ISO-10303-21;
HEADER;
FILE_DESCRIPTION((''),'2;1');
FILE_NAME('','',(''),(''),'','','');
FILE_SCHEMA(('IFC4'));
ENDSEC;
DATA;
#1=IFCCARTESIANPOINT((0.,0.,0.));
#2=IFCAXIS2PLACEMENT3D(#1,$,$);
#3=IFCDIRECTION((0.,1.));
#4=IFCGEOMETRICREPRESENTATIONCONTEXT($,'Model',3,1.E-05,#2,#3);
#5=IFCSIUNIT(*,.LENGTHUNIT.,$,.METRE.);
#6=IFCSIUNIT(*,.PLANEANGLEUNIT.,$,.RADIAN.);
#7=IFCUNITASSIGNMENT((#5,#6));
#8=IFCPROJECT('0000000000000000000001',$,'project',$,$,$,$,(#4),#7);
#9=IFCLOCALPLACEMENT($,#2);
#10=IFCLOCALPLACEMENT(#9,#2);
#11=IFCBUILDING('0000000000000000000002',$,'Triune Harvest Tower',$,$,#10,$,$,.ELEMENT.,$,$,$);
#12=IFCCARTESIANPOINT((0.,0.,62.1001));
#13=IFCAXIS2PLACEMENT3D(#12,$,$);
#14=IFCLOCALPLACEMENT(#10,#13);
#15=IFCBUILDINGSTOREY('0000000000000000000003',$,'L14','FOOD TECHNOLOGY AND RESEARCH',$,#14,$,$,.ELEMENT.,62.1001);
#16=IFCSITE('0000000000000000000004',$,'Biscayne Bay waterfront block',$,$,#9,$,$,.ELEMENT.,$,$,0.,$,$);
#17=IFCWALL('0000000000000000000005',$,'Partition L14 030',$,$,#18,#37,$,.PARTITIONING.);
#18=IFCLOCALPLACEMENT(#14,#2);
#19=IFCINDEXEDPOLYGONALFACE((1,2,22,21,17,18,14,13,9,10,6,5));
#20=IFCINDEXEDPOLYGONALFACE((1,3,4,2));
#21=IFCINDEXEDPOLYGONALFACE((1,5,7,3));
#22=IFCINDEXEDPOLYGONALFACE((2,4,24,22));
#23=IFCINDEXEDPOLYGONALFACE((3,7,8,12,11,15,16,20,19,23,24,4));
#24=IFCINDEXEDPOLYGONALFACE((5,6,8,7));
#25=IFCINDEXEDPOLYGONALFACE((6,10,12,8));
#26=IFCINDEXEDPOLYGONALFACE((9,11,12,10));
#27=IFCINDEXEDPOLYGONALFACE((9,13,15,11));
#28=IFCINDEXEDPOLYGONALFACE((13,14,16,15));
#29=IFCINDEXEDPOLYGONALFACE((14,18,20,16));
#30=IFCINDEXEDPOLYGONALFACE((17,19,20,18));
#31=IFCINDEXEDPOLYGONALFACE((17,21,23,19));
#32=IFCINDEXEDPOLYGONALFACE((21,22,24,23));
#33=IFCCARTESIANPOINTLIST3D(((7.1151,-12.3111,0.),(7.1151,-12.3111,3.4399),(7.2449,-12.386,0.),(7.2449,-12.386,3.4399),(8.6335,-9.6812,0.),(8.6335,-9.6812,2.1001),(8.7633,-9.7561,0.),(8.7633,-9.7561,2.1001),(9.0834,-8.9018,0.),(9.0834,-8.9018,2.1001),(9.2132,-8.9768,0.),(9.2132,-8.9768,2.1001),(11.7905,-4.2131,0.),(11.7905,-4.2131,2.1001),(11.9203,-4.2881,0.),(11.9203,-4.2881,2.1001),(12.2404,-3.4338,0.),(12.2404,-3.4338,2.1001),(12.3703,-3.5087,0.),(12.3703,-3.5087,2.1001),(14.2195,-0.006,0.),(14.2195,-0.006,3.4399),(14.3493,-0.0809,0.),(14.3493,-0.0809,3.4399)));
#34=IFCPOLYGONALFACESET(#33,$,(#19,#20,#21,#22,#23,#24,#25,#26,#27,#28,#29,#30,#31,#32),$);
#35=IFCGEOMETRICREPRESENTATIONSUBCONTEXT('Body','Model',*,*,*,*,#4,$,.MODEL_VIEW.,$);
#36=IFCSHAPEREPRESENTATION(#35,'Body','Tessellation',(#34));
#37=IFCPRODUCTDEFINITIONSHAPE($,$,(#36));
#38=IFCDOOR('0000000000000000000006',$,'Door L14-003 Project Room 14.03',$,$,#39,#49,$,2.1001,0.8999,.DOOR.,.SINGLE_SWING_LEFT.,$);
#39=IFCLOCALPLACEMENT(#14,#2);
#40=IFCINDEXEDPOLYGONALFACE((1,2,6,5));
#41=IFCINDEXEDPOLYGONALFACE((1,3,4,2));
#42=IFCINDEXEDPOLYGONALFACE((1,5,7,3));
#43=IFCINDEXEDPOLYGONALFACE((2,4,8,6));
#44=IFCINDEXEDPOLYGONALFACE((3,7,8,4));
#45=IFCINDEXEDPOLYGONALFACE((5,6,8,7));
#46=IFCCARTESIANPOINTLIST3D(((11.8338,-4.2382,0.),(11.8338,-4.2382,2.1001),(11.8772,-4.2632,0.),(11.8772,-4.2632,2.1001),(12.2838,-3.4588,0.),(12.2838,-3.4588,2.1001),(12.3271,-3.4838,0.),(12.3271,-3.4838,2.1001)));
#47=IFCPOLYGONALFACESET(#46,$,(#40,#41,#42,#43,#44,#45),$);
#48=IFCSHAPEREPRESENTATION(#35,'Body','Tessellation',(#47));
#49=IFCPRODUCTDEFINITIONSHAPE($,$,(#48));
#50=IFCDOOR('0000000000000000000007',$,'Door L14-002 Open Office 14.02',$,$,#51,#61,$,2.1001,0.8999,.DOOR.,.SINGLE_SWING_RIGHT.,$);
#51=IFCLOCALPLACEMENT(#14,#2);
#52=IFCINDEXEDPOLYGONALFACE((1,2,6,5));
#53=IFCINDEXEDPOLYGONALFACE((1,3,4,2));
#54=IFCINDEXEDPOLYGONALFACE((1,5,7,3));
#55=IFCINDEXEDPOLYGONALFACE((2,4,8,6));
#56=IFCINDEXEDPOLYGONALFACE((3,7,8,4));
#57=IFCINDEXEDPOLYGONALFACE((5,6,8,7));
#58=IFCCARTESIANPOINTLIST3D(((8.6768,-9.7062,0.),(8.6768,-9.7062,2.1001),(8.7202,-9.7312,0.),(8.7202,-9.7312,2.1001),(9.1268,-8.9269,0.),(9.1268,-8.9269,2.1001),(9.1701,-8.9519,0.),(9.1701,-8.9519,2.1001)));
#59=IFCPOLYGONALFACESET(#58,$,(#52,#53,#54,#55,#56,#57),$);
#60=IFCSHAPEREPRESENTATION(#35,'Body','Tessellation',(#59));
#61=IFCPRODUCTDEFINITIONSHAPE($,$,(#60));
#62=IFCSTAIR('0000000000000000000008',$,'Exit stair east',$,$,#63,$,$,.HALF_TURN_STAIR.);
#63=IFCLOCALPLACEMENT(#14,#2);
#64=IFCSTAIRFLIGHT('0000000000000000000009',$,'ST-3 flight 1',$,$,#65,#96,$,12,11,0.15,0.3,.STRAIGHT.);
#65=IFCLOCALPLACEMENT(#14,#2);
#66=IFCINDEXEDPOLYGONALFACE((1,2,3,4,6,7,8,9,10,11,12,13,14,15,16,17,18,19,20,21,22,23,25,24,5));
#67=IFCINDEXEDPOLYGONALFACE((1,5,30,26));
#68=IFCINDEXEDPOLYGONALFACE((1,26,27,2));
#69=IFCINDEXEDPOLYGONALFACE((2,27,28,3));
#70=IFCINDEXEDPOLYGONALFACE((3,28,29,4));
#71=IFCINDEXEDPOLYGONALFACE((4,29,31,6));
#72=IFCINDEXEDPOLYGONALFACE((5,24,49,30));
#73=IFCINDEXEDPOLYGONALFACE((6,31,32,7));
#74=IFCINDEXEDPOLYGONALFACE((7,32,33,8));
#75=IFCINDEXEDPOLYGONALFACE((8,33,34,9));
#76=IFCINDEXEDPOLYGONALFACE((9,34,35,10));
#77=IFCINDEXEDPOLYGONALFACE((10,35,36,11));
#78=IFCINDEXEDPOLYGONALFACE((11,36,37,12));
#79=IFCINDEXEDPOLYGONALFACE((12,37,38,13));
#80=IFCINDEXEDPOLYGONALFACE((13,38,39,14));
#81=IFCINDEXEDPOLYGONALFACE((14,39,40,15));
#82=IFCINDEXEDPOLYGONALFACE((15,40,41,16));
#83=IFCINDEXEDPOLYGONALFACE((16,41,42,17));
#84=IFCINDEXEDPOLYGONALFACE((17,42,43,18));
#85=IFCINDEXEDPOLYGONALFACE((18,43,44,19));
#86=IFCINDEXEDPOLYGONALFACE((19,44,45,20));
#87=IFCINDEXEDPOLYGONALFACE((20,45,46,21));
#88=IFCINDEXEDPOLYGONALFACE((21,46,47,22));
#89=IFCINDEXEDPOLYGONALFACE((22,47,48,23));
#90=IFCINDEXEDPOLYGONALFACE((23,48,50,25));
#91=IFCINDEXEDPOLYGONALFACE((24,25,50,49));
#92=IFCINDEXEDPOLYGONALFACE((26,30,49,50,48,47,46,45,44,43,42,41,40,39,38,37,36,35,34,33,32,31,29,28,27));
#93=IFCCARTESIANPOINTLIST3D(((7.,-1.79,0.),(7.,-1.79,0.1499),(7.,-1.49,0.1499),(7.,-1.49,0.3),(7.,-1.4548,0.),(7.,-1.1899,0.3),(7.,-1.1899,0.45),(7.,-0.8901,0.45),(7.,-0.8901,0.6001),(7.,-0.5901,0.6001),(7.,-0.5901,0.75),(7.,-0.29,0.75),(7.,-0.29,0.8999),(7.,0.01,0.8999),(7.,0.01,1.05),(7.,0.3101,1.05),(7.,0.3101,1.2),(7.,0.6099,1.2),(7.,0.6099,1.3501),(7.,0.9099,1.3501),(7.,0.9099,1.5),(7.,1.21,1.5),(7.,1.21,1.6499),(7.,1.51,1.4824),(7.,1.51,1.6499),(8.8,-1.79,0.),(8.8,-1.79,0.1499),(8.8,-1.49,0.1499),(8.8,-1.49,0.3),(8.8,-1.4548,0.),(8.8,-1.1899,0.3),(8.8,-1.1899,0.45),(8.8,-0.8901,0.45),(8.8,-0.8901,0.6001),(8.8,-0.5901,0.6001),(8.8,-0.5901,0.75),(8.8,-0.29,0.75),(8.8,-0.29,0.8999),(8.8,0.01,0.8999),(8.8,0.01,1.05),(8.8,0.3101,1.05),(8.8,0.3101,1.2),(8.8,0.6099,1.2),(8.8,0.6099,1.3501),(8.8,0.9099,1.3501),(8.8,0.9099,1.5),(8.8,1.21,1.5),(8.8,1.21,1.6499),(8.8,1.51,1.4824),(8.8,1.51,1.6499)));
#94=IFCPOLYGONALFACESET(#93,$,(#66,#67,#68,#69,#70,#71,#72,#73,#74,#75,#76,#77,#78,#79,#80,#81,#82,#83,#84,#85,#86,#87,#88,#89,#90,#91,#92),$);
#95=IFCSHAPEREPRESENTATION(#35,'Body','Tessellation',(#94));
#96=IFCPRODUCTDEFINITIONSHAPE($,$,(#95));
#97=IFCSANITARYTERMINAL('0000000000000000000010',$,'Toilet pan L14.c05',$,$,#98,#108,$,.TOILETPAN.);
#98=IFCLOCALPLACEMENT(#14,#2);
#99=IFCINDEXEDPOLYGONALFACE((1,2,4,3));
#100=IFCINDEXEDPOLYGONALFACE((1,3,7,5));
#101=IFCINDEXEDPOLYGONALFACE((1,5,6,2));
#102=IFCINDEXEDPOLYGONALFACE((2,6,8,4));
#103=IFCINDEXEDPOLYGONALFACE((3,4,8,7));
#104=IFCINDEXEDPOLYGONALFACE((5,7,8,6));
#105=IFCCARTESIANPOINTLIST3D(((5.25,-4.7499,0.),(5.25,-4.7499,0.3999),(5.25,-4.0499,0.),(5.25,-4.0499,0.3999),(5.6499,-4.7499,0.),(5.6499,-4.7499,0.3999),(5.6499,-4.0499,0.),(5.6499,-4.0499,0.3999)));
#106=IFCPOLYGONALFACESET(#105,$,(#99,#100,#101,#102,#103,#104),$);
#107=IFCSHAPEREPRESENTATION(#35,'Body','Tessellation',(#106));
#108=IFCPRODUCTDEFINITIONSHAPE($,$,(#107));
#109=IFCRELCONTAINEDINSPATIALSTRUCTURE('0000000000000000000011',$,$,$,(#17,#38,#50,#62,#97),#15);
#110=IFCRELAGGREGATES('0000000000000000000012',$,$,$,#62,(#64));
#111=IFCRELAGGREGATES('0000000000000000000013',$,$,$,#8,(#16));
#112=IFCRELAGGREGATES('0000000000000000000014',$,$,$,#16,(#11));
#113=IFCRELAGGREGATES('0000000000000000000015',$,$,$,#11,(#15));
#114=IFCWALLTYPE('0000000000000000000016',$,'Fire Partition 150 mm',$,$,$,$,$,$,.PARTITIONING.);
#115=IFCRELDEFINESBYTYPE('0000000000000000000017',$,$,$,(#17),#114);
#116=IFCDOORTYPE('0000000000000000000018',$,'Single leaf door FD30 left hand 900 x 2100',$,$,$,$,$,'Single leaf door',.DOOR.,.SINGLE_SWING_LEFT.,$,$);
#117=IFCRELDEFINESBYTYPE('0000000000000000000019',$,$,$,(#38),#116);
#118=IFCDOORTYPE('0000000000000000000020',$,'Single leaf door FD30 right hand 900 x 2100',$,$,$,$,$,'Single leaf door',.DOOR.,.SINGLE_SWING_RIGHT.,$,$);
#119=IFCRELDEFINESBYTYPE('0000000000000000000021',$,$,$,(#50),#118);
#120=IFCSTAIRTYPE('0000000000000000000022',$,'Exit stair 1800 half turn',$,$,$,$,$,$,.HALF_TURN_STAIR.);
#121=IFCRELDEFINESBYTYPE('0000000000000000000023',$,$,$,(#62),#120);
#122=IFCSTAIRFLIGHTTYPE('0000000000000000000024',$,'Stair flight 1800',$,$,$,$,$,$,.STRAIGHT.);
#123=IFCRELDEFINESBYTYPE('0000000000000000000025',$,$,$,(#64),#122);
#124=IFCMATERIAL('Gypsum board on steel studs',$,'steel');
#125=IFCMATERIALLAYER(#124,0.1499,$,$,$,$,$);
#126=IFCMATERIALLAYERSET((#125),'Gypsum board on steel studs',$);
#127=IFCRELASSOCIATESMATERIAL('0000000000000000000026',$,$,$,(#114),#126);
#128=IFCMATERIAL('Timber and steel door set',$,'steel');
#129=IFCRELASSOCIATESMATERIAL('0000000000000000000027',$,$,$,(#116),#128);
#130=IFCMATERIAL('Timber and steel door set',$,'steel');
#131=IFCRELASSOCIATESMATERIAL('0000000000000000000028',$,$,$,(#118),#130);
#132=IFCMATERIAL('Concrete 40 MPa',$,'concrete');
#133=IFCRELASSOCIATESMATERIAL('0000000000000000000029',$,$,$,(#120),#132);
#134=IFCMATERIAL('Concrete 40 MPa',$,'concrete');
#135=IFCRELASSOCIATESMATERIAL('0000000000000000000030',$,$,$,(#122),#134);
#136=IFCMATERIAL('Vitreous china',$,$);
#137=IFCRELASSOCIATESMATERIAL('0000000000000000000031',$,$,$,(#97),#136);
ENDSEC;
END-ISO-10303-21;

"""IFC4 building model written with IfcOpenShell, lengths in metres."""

from ifc_helpers import new_model, si_unit, direction, frame, frame_2d, origin, origin_2d, place, context, subcontext, project, spatial, polyline, rectangle, outline, extrude, source, transform, mapped, material, layer, layer_set, type_object, element, fill, aggregate, save


model = new_model("IFC4")

# Units and contexts
model_context = context("Model", 3, precision=1e-05, world=origin(), true_north=direction((0.0, 1.0)))
body_context = subcontext(model_context, "Body", "Model", "MODEL_VIEW")
ifc_project = project(units=[si_unit("LENGTHUNIT", "METRE"), si_unit("PLANEANGLEUNIT", "RADIAN")], contexts=[model_context])

# Site, building, storey
site_placement = place(None, origin())
site = spatial("IfcSite", under=ifc_project, at=site_placement, Name="Biscayne Bay waterfront block", CompositionType="ELEMENT", RefElevation=0.0)
building_placement = place(site_placement, origin())
building = spatial("IfcBuilding", under=site, at=building_placement, Name="Triune Harvest Tower", CompositionType="ELEMENT")
storey_placement = place(building_placement, frame((0.0, 0.0, 62.1001)))
storey = spatial("IfcBuildingStorey", under=building, at=storey_placement, Name="L14", Description="FOOD TECHNOLOGY AND RESEARCH", CompositionType="ELEMENT", Elevation=62.1001)

# Wall, openings, doors
ifc_material_1 = material(Name="Gypsum board on steel studs", Category="steel")
ifc_layer_1 = layer(ifc_material_1, 0.1499)
ifc_layer_set_1 = layer_set([ifc_layer_1], Name="Gypsum board on steel studs")
wall_type_1 = type_object("IfcWallType", Name="Fire Partition 150 mm", PredefinedType="PARTITIONING", material=ifc_layer_set_1)
shared_shape_1 = source(origin(), body_context, "Body", "SweptSolid", [
    extrude(rectangle(XDim=14.2087, YDim=0.1499, at=frame_2d((7.1045, 0.0))), origin(), (0.0, 0.0, 1.0), 3.4399),
])
wall_1_placement = place(storey_placement, frame((7.1799, -12.3486, 0.0), z_axis=(0.0, 0.0, 1.0), x_axis=(0.500005, 0.866022, 0.0)))
wall_1 = element("IfcWall", 1, at=wall_1_placement, inside=storey, type_object=wall_type_1, Name="Partition L14 030", PredefinedType="PARTITIONING", context=body_context, shape_type="MappedRepresentation", body=[
    mapped(shared_shape_1, transform((0.0, 0.0, 0.0), scale=1.0)),
])
opening_1_placement = place(wall_1_placement, frame((3.0369, 0.0, 0.0)))
opening_1 = element("IfcOpeningElement", 2, at=opening_1_placement, cuts=wall_1, PredefinedType="OPENING", context=body_context, shape_type="SweptSolid", body=[
    extrude(rectangle(XDim=0.8999, YDim=2.1001, at=frame_2d((0.45, 1.05))), frame((0.0, 0.085, 0.0), z_axis=(0.0, -1.0, 0.0), x_axis=(1.0, 0.0, 0.0)), (0.0, 0.0, 1.0), 0.1699),
])
opening_2_placement = place(wall_1_placement, frame((9.3508, 0.0, 0.0)))
opening_2 = element("IfcOpeningElement", 3, at=opening_2_placement, cuts=wall_1, PredefinedType="OPENING", context=body_context, shape_type="SweptSolid", body=[
    extrude(rectangle(XDim=0.8999, YDim=2.1001, at=frame_2d((0.45, 1.05))), frame((0.0, 0.085, 0.0), z_axis=(0.0, -1.0, 0.0), x_axis=(1.0, 0.0, 0.0)), (0.0, 0.0, 1.0), 0.1699),
])
ifc_material_2 = material(Name="Timber and steel door set", Category="steel")
door_type_1 = type_object("IfcDoorType", Name="Single leaf door FD30 left hand 900 x 2100", ElementType="Single leaf door", OperationType="SINGLE_SWING_LEFT", PredefinedType="DOOR", material=ifc_material_2)
door_1_placement = place(opening_2_placement, origin())
door_1 = element("IfcDoor", 4, at=door_1_placement, inside=storey, type_object=door_type_1, Name="Door L14-003 Project Room 14.03", OperationType="SINGLE_SWING_LEFT", OverallHeight=2.1001, OverallWidth=0.8999, PredefinedType="DOOR", context=body_context, shape_type="SweptSolid", body=[
    extrude(rectangle(XDim=0.8999, YDim=2.1001, at=frame_2d((0.45, 1.05))), frame((0.0, 0.0249, 0.0), z_axis=(0.0, -1.0, 0.0), x_axis=(1.0, 0.0, 0.0)), (0.0, 0.0, 1.0), 0.05),
])
fill(opening_2, door_1)
ifc_material_3 = material(Name="Timber and steel door set", Category="steel")
door_type_2 = type_object("IfcDoorType", Name="Single leaf door FD30 right hand 900 x 2100", ElementType="Single leaf door", OperationType="SINGLE_SWING_RIGHT", PredefinedType="DOOR", material=ifc_material_3)
door_2_placement = place(opening_1_placement, origin())
door_2 = element("IfcDoor", 5, at=door_2_placement, inside=storey, type_object=door_type_2, Name="Door L14-002 Open Office 14.02", OperationType="SINGLE_SWING_RIGHT", OverallHeight=2.1001, OverallWidth=0.8999, PredefinedType="DOOR", context=body_context, shape_type="SweptSolid", body=[
    extrude(rectangle(XDim=0.8999, YDim=2.1001, at=frame_2d((0.45, 1.05))), frame((0.0, 0.0249, 0.0), z_axis=(0.0, -1.0, 0.0), x_axis=(1.0, 0.0, 0.0)), (0.0, 0.0, 1.0), 0.05),
])
fill(opening_1, door_2)

# Stair, stair flight
ifc_material_4 = material(Name="Concrete 40 MPa", Category="concrete")
stair_type = type_object("IfcStairType", Name="Exit stair 1800 half turn", PredefinedType="HALF_TURN_STAIR", material=ifc_material_4)
stair_placement = place(storey_placement, origin())
stair = element("IfcStair", 6, at=stair_placement, inside=storey, type_object=stair_type, Name="Exit stair east", PredefinedType="HALF_TURN_STAIR")
ifc_material_5 = material(Name="Concrete 40 MPa", Category="concrete")
stair_flight_type = type_object("IfcStairFlightType", Name="Stair flight 1800", PredefinedType="STRAIGHT", material=ifc_material_5)
shared_shape_2 = source(origin(), body_context, "Body", "SweptSolid", [
    extrude(outline(polyline([(0.0, 0.0), (0.0, 0.1499), (0.3, 0.1499), (0.3, 0.3), (0.6001, 0.3), (0.6001, 0.45), (0.8999, 0.45), (0.8999, 0.6001), (1.2, 0.6001), (1.2, 0.75), (1.5, 0.75), (1.5, 0.8999), (1.8, 0.8999), (1.8, 1.05), (2.1001, 1.05), (2.1001, 1.2), (2.3999, 1.2), (2.3999, 1.3501), (2.7, 1.3501), (2.7, 1.5), (3.0, 1.5), (3.0, 1.6499), (3.3, 1.6499), (3.3, 1.8), (3.3, 1.4824), (0.3352, 0.0), (0.0, 0.0)])), frame((0.0, 0.8999, 0.0), z_axis=(0.0, -1.0, 0.0), x_axis=(1.0, 0.0, 0.0)), (0.0, 0.0, 1.0), 1.8),
])
stair_flight_placement = place(storey_placement, frame((7.8999, -1.79, 0.0), z_axis=(0.0, 0.0, 1.0), x_axis=(0.0, 1.0, 0.0)))
stair_flight = element("IfcStairFlight", 7, at=stair_flight_placement, type_object=stair_flight_type, Name="ST-3 flight 1", NumberOfRisers=12, NumberOfTreads=11, PredefinedType="STRAIGHT", RiserHeight=0.15, TreadLength=0.3, context=body_context, shape_type="MappedRepresentation", body=[
    mapped(shared_shape_2, transform((0.0, 0.0, 0.0), scale=1.0)),
])
aggregate(stair, [stair_flight])

# Sanitary terminal
ifc_material_6 = material(Name="Vitreous china")
shared_shape_3 = source(origin(), body_context, "Body", "SweptSolid", [
    extrude(rectangle(XDim=0.3999, YDim=0.7, at=origin_2d()), origin(), (0.0, 0.0, 1.0), 0.3999),
])
sanitary_terminal_placement = place(storey_placement, frame((5.45, -4.3999, 0.0), z_axis=(0.0, 0.0, 1.0), x_axis=(1.0, 0.0, 0.0)))
element("IfcSanitaryTerminal", 8, at=sanitary_terminal_placement, inside=storey, material=ifc_material_6, Name="Toilet pan L14.c05", PredefinedType="TOILETPAN", context=body_context, shape_type="MappedRepresentation", body=[
    mapped(shared_shape_3, transform((0.0, 0.0, 0.0), scale=1.0)),
])

save(model, "model.ifc")
